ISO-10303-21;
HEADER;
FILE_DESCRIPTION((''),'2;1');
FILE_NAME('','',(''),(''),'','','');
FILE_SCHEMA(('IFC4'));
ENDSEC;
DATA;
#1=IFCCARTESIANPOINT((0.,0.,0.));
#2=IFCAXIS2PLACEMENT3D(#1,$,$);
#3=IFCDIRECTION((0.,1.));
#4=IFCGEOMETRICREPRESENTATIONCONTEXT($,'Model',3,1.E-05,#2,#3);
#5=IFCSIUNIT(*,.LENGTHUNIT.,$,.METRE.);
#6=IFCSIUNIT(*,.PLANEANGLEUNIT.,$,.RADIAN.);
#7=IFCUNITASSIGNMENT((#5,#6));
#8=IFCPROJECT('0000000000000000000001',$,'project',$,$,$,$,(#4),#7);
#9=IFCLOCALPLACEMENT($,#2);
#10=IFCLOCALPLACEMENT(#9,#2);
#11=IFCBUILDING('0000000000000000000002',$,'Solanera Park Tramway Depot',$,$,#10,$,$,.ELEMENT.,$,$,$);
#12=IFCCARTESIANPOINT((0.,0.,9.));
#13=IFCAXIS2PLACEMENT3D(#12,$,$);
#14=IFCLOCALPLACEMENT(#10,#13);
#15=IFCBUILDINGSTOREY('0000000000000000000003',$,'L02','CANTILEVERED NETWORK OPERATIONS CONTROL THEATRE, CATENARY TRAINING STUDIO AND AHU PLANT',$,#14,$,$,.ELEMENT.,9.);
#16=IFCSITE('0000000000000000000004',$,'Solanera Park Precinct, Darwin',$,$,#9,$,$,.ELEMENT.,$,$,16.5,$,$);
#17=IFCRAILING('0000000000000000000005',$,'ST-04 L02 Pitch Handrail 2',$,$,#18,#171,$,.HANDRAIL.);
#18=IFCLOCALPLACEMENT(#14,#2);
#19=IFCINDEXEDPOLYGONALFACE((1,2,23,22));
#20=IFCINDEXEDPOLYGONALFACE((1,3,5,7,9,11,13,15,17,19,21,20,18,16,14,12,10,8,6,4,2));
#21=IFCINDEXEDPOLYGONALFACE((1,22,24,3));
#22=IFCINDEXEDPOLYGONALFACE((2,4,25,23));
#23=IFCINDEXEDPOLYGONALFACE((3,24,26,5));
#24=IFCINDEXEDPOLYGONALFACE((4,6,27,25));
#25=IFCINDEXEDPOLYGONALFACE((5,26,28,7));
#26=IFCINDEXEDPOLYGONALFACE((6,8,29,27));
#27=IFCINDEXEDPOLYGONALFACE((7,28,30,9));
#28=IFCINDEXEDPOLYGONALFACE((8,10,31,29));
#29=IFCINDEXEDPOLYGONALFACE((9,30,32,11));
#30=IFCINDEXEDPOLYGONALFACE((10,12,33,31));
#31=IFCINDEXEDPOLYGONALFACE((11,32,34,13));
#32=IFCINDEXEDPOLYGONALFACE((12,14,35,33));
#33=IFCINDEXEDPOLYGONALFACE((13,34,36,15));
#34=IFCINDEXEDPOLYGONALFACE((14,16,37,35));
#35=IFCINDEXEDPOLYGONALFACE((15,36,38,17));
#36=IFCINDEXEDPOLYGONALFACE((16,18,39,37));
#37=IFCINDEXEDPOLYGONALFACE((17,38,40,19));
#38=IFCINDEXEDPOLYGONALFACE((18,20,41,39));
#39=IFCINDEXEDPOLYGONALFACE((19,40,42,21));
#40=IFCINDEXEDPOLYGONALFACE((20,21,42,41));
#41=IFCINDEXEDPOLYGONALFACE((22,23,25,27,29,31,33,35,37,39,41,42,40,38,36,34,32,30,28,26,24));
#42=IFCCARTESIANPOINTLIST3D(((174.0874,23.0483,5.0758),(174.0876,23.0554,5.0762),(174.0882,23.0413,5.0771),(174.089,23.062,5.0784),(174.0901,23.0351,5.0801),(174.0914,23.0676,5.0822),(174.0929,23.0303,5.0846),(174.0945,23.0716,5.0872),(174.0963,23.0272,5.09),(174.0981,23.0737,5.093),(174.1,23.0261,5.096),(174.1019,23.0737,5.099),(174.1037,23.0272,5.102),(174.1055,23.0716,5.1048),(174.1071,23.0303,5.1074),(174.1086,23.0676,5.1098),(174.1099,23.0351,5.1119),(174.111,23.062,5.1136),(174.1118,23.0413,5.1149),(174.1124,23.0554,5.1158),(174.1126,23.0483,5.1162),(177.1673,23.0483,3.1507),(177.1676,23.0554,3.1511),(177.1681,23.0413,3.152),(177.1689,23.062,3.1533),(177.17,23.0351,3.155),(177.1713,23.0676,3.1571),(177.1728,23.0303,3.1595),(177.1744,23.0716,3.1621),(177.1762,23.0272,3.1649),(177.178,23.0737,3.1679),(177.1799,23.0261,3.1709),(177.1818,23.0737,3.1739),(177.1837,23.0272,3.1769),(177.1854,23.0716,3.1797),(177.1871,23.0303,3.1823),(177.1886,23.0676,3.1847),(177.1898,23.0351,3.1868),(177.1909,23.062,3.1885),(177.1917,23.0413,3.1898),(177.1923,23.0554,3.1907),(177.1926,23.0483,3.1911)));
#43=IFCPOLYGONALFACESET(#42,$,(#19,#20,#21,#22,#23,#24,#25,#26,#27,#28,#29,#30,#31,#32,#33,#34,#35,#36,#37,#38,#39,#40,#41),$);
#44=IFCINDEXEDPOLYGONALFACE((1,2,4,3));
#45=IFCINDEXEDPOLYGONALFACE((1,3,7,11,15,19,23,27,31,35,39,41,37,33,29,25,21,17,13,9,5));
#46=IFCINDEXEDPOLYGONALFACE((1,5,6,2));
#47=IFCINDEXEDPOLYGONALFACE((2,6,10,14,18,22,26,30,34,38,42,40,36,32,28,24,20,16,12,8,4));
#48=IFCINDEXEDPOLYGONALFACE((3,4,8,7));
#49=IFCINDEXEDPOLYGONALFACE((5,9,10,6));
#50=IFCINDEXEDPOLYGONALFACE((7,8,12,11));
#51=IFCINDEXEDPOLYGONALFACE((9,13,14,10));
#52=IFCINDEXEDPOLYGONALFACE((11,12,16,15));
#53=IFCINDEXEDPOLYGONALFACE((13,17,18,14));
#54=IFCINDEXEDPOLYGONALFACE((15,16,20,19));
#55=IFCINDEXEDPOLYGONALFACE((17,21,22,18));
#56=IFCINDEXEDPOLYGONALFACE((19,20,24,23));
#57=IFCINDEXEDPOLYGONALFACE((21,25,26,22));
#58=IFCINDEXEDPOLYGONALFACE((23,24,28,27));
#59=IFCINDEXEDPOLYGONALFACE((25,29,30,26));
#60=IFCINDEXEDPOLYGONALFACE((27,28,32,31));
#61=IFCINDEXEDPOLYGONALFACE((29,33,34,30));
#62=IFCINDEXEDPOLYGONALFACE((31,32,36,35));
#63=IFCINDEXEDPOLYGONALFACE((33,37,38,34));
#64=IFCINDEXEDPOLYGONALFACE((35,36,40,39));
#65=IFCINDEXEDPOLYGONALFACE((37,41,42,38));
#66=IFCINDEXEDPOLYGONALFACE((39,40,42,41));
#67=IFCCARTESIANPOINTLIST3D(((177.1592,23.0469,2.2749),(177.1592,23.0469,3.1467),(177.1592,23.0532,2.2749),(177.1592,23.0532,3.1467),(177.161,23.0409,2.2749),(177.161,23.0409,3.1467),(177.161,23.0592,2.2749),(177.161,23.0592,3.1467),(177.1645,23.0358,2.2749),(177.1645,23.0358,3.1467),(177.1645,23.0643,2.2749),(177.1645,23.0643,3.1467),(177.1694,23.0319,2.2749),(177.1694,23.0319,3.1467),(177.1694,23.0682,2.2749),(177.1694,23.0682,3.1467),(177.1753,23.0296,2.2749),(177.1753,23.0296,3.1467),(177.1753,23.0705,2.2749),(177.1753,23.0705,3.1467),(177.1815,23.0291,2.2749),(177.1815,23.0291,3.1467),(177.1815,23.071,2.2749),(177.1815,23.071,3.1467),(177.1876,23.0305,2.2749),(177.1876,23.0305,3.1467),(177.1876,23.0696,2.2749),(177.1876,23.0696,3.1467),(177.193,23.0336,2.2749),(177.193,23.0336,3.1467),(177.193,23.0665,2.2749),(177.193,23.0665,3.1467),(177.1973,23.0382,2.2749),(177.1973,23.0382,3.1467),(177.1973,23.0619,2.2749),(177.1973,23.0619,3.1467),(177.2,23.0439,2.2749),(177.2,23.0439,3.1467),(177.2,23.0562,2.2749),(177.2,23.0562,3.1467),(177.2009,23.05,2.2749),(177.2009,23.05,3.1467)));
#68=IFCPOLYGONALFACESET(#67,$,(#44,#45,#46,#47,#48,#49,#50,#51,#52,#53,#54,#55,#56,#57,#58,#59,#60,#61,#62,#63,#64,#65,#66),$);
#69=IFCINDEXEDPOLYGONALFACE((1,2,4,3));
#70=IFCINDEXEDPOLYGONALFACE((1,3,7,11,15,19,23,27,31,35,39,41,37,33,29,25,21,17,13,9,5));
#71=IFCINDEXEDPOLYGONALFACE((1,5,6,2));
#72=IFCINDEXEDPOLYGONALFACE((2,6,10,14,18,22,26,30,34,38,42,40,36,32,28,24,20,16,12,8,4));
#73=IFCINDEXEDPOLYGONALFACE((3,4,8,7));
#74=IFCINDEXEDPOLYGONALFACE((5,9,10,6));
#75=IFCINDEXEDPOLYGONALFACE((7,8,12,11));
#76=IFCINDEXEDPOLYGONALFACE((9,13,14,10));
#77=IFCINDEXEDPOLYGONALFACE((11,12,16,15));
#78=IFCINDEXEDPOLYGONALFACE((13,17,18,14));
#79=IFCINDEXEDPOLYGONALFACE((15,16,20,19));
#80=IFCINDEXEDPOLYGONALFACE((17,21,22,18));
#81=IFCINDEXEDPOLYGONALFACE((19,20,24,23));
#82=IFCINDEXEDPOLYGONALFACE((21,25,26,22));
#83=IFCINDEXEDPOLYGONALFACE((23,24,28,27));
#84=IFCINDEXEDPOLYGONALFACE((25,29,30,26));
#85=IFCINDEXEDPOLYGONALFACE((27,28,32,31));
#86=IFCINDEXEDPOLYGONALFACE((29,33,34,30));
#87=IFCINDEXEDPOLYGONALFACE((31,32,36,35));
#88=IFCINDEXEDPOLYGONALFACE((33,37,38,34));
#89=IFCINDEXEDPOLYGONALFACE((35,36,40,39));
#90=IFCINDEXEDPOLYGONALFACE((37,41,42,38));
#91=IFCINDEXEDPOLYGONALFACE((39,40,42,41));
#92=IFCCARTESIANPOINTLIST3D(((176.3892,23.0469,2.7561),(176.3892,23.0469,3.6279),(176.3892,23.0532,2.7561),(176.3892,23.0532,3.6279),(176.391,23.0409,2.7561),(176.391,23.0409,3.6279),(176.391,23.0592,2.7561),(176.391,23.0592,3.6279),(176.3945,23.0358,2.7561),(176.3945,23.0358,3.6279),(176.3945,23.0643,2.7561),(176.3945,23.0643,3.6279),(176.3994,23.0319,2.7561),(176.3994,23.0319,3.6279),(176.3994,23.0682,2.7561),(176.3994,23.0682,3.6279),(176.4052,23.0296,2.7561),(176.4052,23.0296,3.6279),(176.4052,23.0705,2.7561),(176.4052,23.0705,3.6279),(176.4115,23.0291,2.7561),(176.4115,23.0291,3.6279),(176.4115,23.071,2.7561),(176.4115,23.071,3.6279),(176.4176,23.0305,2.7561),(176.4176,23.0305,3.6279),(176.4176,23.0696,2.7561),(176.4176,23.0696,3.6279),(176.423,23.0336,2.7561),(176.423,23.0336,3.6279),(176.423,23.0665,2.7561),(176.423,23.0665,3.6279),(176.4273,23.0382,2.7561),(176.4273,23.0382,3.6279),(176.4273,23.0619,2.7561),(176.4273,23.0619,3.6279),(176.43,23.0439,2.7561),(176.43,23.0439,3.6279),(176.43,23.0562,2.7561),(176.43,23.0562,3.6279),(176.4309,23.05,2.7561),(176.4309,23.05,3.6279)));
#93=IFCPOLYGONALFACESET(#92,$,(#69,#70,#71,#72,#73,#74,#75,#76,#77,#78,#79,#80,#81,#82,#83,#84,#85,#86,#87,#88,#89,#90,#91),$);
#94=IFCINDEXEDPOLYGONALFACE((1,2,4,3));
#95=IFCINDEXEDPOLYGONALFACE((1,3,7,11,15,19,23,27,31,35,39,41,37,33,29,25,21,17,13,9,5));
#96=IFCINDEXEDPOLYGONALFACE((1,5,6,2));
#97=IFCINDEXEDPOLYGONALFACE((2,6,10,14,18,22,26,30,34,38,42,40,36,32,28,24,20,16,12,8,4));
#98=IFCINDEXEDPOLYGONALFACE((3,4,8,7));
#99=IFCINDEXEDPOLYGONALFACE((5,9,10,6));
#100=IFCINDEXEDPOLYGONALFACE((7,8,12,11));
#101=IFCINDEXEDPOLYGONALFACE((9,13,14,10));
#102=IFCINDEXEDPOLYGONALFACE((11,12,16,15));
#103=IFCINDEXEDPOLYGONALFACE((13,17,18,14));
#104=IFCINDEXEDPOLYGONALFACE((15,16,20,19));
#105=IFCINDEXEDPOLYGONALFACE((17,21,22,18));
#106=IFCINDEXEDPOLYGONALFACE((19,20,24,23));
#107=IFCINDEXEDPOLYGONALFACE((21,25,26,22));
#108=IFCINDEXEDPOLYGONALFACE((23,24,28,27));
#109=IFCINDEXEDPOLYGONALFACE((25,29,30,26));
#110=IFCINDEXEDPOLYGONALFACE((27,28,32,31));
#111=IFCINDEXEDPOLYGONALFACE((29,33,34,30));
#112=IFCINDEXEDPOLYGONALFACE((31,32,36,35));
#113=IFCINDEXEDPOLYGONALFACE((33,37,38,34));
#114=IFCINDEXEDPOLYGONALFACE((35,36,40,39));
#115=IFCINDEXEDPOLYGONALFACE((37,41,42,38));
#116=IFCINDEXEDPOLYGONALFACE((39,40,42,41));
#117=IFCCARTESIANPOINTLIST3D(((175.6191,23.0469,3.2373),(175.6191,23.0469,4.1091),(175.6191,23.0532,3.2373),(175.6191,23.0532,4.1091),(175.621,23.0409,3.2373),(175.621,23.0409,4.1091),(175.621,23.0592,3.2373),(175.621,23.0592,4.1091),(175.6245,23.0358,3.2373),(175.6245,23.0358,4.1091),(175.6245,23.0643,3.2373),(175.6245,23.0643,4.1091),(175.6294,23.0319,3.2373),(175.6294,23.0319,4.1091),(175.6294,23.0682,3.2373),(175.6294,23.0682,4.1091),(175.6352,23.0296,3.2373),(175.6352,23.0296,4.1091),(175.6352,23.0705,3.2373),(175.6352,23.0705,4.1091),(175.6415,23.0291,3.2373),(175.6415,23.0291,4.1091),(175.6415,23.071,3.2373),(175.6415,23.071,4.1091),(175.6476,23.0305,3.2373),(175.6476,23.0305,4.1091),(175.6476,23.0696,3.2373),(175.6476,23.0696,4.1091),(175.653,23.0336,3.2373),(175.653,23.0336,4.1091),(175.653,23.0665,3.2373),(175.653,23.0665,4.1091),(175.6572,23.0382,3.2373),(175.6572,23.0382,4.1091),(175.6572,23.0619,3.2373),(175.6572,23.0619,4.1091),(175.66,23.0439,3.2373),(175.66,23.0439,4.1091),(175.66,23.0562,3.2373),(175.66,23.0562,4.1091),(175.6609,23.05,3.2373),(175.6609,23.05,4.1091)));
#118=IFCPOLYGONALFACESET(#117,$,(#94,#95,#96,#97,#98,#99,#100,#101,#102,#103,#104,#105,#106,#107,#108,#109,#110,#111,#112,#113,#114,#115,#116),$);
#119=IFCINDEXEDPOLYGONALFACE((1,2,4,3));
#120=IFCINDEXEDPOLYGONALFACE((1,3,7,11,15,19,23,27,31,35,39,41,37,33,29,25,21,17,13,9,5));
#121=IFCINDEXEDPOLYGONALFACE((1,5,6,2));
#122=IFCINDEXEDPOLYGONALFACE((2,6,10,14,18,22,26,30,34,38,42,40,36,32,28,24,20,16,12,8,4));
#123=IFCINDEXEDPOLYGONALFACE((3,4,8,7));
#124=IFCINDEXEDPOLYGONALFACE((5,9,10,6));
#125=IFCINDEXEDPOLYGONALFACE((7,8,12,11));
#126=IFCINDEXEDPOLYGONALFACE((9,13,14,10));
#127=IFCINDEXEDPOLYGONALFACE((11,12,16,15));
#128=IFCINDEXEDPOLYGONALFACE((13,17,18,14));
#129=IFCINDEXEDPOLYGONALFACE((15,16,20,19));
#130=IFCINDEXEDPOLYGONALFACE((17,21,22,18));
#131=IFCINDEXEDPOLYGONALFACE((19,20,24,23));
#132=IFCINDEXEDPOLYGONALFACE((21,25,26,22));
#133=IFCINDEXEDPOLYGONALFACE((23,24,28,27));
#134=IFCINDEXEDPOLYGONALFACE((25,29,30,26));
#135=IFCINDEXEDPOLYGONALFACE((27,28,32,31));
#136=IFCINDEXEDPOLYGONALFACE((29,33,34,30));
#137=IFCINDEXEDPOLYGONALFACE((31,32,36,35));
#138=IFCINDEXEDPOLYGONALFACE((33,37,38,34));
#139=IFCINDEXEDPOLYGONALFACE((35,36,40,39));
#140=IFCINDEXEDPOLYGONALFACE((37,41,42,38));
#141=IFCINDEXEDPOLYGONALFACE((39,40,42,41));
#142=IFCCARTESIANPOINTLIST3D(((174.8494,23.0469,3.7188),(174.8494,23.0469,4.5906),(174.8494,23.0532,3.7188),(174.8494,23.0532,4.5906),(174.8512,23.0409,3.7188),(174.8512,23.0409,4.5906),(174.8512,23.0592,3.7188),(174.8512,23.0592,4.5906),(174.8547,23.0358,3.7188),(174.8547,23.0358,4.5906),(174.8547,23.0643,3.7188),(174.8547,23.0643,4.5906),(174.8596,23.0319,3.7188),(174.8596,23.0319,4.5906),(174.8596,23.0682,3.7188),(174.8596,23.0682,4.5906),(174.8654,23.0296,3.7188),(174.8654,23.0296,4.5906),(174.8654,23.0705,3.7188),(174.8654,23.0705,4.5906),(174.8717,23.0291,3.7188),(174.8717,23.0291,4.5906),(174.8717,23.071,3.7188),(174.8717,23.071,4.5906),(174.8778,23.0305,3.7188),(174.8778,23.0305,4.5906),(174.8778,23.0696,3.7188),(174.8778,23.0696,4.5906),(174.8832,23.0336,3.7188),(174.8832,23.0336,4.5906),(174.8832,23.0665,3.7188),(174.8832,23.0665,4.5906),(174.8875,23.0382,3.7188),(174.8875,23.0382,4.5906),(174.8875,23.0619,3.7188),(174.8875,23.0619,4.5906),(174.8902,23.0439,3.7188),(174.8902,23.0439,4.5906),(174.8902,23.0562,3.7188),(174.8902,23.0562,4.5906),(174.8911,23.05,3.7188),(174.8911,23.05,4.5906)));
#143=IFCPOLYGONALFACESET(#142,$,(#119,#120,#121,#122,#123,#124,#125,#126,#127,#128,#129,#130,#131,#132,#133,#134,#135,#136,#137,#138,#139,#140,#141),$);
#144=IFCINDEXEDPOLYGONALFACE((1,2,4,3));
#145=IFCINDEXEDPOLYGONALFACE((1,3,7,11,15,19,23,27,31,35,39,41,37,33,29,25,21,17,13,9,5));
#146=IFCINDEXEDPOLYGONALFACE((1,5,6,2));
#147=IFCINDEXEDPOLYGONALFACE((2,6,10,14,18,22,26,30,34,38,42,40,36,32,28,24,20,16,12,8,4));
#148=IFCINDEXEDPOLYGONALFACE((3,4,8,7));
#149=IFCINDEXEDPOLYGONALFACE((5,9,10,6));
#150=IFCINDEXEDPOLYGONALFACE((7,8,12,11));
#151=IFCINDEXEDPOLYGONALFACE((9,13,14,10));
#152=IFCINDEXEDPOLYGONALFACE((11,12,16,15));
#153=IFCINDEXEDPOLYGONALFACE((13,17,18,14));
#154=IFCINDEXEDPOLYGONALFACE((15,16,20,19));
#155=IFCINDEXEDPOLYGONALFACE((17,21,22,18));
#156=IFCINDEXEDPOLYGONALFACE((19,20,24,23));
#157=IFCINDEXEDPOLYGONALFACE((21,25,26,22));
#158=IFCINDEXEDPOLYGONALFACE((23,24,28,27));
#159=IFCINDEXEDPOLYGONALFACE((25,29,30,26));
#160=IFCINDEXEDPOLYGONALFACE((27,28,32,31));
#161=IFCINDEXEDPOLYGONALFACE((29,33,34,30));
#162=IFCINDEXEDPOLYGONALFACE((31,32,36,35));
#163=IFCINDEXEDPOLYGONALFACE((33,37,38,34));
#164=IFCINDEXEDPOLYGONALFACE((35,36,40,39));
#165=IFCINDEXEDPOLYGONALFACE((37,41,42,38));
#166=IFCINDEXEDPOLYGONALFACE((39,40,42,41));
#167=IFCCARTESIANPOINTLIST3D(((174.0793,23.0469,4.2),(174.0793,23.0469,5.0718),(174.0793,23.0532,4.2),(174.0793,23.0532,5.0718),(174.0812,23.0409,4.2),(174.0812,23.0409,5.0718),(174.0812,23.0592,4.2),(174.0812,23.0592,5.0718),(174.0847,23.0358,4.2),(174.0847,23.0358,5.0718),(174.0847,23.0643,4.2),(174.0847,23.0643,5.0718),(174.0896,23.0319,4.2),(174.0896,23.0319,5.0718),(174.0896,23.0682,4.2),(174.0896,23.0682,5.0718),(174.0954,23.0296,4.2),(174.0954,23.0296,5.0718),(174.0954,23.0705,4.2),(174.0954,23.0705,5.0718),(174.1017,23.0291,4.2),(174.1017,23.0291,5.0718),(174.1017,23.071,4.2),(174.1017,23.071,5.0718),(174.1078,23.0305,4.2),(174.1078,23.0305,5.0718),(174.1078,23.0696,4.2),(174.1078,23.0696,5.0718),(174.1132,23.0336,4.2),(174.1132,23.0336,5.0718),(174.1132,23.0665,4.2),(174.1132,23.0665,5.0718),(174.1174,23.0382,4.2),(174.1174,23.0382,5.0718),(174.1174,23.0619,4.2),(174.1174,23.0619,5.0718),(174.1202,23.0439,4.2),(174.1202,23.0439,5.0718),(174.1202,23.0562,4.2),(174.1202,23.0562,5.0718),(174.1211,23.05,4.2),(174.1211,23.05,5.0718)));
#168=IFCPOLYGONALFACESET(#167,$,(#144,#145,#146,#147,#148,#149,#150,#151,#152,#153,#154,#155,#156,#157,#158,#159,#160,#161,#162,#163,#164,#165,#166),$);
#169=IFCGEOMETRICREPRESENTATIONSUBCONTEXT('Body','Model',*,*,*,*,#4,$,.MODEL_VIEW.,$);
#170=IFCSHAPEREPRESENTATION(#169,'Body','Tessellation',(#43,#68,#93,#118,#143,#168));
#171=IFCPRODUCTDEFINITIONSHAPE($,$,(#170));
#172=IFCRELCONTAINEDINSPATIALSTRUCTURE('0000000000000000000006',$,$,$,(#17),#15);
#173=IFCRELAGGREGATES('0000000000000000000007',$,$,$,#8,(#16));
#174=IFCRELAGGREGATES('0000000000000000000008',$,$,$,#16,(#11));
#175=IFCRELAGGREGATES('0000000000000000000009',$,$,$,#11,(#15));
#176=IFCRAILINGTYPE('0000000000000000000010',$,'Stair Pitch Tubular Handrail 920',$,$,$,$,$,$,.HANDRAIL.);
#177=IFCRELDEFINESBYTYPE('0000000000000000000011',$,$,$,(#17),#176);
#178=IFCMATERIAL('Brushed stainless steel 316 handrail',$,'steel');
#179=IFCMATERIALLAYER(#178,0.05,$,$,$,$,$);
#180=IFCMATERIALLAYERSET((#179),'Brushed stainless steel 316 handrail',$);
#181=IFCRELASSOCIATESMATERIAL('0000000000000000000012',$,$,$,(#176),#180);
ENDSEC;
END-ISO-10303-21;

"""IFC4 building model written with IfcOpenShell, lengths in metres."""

from ifc_helpers import new_model, si_unit, direction, frame, origin, origin_2d, place, context, subcontext, project, spatial, circle, extrude, material, layer, layer_set, type_object, element, save


model = new_model("IFC4")

# Units and contexts
model_context = context("Model", 3, precision=1e-05, world=origin(), true_north=direction((0.0, 1.0)))
body_context = subcontext(model_context, "Body", "Model", "MODEL_VIEW")
ifc_project = project(units=[si_unit("LENGTHUNIT", "METRE"), si_unit("PLANEANGLEUNIT", "RADIAN")], contexts=[model_context])

# Site, building, storey
site_placement = place(None, origin())
site = spatial("IfcSite", under=ifc_project, at=site_placement, Name="Solanera Park Precinct, Darwin", CompositionType="ELEMENT", RefElevation=16.5)
building_placement = place(site_placement, origin())
building = spatial("IfcBuilding", under=site, at=building_placement, Name="Solanera Park Tramway Depot", CompositionType="ELEMENT")
storey_placement = place(building_placement, frame((0.0, 0.0, 9.0)))
storey = spatial("IfcBuildingStorey", under=building, at=storey_placement, Name="L02", Description="CANTILEVERED NETWORK OPERATIONS CONTROL THEATRE, CATENARY TRAINING STUDIO AND AHU PLANT", CompositionType="ELEMENT", Elevation=9.0)

# Railing
ifc_material_1 = material(Name="Brushed stainless steel 316 handrail", Category="steel")
ifc_layer_1 = layer(ifc_material_1, 0.05)
ifc_layer_set_1 = layer_set([ifc_layer_1], Name="Brushed stainless steel 316 handrail")
railing_type_1 = type_object("IfcRailingType", Name="Stair Pitch Tubular Handrail 920", PredefinedType="HANDRAIL", material=ifc_layer_set_1)
railing_1_placement = place(storey_placement, frame((177.1799, 23.05, 2.2749)))
element("IfcRailing", 1, at=railing_1_placement, inside=storey, type_object=railing_type_1, Name="ST-04 L02 Pitch Handrail 2", PredefinedType="HANDRAIL", context=body_context, shape_type="SweptSolid", body=[
    extrude(circle(Radius=0.0239, at=origin_2d()), frame((0.0, 0.0, 0.896), z_axis=(-0.847979, 0.0, 0.530029), x_axis=(0.0, -1.0, 0.0)), (0.0, 0.0, 1.0), 3.6321),
    extrude(circle(Radius=0.021, at=origin_2d()), origin(), (0.0, 0.0, 1.0), 0.8718),
    extrude(circle(Radius=0.021, at=origin_2d()), frame((-0.77, 0.0, 0.4812)), (0.0, 0.0, 1.0), 0.8718),
    extrude(circle(Radius=0.021, at=origin_2d()), frame((-1.54, 0.0, 0.9624)), (0.0, 0.0, 1.0), 0.8718),
    extrude(circle(Radius=0.021, at=origin_2d()), frame((-2.3098, 0.0, 1.4438)), (0.0, 0.0, 1.0), 0.8718),
    extrude(circle(Radius=0.021, at=origin_2d()), frame((-3.0798, 0.0, 1.925)), (0.0, 0.0, 1.0), 0.8718),
])

save(model, "model.ifc")
